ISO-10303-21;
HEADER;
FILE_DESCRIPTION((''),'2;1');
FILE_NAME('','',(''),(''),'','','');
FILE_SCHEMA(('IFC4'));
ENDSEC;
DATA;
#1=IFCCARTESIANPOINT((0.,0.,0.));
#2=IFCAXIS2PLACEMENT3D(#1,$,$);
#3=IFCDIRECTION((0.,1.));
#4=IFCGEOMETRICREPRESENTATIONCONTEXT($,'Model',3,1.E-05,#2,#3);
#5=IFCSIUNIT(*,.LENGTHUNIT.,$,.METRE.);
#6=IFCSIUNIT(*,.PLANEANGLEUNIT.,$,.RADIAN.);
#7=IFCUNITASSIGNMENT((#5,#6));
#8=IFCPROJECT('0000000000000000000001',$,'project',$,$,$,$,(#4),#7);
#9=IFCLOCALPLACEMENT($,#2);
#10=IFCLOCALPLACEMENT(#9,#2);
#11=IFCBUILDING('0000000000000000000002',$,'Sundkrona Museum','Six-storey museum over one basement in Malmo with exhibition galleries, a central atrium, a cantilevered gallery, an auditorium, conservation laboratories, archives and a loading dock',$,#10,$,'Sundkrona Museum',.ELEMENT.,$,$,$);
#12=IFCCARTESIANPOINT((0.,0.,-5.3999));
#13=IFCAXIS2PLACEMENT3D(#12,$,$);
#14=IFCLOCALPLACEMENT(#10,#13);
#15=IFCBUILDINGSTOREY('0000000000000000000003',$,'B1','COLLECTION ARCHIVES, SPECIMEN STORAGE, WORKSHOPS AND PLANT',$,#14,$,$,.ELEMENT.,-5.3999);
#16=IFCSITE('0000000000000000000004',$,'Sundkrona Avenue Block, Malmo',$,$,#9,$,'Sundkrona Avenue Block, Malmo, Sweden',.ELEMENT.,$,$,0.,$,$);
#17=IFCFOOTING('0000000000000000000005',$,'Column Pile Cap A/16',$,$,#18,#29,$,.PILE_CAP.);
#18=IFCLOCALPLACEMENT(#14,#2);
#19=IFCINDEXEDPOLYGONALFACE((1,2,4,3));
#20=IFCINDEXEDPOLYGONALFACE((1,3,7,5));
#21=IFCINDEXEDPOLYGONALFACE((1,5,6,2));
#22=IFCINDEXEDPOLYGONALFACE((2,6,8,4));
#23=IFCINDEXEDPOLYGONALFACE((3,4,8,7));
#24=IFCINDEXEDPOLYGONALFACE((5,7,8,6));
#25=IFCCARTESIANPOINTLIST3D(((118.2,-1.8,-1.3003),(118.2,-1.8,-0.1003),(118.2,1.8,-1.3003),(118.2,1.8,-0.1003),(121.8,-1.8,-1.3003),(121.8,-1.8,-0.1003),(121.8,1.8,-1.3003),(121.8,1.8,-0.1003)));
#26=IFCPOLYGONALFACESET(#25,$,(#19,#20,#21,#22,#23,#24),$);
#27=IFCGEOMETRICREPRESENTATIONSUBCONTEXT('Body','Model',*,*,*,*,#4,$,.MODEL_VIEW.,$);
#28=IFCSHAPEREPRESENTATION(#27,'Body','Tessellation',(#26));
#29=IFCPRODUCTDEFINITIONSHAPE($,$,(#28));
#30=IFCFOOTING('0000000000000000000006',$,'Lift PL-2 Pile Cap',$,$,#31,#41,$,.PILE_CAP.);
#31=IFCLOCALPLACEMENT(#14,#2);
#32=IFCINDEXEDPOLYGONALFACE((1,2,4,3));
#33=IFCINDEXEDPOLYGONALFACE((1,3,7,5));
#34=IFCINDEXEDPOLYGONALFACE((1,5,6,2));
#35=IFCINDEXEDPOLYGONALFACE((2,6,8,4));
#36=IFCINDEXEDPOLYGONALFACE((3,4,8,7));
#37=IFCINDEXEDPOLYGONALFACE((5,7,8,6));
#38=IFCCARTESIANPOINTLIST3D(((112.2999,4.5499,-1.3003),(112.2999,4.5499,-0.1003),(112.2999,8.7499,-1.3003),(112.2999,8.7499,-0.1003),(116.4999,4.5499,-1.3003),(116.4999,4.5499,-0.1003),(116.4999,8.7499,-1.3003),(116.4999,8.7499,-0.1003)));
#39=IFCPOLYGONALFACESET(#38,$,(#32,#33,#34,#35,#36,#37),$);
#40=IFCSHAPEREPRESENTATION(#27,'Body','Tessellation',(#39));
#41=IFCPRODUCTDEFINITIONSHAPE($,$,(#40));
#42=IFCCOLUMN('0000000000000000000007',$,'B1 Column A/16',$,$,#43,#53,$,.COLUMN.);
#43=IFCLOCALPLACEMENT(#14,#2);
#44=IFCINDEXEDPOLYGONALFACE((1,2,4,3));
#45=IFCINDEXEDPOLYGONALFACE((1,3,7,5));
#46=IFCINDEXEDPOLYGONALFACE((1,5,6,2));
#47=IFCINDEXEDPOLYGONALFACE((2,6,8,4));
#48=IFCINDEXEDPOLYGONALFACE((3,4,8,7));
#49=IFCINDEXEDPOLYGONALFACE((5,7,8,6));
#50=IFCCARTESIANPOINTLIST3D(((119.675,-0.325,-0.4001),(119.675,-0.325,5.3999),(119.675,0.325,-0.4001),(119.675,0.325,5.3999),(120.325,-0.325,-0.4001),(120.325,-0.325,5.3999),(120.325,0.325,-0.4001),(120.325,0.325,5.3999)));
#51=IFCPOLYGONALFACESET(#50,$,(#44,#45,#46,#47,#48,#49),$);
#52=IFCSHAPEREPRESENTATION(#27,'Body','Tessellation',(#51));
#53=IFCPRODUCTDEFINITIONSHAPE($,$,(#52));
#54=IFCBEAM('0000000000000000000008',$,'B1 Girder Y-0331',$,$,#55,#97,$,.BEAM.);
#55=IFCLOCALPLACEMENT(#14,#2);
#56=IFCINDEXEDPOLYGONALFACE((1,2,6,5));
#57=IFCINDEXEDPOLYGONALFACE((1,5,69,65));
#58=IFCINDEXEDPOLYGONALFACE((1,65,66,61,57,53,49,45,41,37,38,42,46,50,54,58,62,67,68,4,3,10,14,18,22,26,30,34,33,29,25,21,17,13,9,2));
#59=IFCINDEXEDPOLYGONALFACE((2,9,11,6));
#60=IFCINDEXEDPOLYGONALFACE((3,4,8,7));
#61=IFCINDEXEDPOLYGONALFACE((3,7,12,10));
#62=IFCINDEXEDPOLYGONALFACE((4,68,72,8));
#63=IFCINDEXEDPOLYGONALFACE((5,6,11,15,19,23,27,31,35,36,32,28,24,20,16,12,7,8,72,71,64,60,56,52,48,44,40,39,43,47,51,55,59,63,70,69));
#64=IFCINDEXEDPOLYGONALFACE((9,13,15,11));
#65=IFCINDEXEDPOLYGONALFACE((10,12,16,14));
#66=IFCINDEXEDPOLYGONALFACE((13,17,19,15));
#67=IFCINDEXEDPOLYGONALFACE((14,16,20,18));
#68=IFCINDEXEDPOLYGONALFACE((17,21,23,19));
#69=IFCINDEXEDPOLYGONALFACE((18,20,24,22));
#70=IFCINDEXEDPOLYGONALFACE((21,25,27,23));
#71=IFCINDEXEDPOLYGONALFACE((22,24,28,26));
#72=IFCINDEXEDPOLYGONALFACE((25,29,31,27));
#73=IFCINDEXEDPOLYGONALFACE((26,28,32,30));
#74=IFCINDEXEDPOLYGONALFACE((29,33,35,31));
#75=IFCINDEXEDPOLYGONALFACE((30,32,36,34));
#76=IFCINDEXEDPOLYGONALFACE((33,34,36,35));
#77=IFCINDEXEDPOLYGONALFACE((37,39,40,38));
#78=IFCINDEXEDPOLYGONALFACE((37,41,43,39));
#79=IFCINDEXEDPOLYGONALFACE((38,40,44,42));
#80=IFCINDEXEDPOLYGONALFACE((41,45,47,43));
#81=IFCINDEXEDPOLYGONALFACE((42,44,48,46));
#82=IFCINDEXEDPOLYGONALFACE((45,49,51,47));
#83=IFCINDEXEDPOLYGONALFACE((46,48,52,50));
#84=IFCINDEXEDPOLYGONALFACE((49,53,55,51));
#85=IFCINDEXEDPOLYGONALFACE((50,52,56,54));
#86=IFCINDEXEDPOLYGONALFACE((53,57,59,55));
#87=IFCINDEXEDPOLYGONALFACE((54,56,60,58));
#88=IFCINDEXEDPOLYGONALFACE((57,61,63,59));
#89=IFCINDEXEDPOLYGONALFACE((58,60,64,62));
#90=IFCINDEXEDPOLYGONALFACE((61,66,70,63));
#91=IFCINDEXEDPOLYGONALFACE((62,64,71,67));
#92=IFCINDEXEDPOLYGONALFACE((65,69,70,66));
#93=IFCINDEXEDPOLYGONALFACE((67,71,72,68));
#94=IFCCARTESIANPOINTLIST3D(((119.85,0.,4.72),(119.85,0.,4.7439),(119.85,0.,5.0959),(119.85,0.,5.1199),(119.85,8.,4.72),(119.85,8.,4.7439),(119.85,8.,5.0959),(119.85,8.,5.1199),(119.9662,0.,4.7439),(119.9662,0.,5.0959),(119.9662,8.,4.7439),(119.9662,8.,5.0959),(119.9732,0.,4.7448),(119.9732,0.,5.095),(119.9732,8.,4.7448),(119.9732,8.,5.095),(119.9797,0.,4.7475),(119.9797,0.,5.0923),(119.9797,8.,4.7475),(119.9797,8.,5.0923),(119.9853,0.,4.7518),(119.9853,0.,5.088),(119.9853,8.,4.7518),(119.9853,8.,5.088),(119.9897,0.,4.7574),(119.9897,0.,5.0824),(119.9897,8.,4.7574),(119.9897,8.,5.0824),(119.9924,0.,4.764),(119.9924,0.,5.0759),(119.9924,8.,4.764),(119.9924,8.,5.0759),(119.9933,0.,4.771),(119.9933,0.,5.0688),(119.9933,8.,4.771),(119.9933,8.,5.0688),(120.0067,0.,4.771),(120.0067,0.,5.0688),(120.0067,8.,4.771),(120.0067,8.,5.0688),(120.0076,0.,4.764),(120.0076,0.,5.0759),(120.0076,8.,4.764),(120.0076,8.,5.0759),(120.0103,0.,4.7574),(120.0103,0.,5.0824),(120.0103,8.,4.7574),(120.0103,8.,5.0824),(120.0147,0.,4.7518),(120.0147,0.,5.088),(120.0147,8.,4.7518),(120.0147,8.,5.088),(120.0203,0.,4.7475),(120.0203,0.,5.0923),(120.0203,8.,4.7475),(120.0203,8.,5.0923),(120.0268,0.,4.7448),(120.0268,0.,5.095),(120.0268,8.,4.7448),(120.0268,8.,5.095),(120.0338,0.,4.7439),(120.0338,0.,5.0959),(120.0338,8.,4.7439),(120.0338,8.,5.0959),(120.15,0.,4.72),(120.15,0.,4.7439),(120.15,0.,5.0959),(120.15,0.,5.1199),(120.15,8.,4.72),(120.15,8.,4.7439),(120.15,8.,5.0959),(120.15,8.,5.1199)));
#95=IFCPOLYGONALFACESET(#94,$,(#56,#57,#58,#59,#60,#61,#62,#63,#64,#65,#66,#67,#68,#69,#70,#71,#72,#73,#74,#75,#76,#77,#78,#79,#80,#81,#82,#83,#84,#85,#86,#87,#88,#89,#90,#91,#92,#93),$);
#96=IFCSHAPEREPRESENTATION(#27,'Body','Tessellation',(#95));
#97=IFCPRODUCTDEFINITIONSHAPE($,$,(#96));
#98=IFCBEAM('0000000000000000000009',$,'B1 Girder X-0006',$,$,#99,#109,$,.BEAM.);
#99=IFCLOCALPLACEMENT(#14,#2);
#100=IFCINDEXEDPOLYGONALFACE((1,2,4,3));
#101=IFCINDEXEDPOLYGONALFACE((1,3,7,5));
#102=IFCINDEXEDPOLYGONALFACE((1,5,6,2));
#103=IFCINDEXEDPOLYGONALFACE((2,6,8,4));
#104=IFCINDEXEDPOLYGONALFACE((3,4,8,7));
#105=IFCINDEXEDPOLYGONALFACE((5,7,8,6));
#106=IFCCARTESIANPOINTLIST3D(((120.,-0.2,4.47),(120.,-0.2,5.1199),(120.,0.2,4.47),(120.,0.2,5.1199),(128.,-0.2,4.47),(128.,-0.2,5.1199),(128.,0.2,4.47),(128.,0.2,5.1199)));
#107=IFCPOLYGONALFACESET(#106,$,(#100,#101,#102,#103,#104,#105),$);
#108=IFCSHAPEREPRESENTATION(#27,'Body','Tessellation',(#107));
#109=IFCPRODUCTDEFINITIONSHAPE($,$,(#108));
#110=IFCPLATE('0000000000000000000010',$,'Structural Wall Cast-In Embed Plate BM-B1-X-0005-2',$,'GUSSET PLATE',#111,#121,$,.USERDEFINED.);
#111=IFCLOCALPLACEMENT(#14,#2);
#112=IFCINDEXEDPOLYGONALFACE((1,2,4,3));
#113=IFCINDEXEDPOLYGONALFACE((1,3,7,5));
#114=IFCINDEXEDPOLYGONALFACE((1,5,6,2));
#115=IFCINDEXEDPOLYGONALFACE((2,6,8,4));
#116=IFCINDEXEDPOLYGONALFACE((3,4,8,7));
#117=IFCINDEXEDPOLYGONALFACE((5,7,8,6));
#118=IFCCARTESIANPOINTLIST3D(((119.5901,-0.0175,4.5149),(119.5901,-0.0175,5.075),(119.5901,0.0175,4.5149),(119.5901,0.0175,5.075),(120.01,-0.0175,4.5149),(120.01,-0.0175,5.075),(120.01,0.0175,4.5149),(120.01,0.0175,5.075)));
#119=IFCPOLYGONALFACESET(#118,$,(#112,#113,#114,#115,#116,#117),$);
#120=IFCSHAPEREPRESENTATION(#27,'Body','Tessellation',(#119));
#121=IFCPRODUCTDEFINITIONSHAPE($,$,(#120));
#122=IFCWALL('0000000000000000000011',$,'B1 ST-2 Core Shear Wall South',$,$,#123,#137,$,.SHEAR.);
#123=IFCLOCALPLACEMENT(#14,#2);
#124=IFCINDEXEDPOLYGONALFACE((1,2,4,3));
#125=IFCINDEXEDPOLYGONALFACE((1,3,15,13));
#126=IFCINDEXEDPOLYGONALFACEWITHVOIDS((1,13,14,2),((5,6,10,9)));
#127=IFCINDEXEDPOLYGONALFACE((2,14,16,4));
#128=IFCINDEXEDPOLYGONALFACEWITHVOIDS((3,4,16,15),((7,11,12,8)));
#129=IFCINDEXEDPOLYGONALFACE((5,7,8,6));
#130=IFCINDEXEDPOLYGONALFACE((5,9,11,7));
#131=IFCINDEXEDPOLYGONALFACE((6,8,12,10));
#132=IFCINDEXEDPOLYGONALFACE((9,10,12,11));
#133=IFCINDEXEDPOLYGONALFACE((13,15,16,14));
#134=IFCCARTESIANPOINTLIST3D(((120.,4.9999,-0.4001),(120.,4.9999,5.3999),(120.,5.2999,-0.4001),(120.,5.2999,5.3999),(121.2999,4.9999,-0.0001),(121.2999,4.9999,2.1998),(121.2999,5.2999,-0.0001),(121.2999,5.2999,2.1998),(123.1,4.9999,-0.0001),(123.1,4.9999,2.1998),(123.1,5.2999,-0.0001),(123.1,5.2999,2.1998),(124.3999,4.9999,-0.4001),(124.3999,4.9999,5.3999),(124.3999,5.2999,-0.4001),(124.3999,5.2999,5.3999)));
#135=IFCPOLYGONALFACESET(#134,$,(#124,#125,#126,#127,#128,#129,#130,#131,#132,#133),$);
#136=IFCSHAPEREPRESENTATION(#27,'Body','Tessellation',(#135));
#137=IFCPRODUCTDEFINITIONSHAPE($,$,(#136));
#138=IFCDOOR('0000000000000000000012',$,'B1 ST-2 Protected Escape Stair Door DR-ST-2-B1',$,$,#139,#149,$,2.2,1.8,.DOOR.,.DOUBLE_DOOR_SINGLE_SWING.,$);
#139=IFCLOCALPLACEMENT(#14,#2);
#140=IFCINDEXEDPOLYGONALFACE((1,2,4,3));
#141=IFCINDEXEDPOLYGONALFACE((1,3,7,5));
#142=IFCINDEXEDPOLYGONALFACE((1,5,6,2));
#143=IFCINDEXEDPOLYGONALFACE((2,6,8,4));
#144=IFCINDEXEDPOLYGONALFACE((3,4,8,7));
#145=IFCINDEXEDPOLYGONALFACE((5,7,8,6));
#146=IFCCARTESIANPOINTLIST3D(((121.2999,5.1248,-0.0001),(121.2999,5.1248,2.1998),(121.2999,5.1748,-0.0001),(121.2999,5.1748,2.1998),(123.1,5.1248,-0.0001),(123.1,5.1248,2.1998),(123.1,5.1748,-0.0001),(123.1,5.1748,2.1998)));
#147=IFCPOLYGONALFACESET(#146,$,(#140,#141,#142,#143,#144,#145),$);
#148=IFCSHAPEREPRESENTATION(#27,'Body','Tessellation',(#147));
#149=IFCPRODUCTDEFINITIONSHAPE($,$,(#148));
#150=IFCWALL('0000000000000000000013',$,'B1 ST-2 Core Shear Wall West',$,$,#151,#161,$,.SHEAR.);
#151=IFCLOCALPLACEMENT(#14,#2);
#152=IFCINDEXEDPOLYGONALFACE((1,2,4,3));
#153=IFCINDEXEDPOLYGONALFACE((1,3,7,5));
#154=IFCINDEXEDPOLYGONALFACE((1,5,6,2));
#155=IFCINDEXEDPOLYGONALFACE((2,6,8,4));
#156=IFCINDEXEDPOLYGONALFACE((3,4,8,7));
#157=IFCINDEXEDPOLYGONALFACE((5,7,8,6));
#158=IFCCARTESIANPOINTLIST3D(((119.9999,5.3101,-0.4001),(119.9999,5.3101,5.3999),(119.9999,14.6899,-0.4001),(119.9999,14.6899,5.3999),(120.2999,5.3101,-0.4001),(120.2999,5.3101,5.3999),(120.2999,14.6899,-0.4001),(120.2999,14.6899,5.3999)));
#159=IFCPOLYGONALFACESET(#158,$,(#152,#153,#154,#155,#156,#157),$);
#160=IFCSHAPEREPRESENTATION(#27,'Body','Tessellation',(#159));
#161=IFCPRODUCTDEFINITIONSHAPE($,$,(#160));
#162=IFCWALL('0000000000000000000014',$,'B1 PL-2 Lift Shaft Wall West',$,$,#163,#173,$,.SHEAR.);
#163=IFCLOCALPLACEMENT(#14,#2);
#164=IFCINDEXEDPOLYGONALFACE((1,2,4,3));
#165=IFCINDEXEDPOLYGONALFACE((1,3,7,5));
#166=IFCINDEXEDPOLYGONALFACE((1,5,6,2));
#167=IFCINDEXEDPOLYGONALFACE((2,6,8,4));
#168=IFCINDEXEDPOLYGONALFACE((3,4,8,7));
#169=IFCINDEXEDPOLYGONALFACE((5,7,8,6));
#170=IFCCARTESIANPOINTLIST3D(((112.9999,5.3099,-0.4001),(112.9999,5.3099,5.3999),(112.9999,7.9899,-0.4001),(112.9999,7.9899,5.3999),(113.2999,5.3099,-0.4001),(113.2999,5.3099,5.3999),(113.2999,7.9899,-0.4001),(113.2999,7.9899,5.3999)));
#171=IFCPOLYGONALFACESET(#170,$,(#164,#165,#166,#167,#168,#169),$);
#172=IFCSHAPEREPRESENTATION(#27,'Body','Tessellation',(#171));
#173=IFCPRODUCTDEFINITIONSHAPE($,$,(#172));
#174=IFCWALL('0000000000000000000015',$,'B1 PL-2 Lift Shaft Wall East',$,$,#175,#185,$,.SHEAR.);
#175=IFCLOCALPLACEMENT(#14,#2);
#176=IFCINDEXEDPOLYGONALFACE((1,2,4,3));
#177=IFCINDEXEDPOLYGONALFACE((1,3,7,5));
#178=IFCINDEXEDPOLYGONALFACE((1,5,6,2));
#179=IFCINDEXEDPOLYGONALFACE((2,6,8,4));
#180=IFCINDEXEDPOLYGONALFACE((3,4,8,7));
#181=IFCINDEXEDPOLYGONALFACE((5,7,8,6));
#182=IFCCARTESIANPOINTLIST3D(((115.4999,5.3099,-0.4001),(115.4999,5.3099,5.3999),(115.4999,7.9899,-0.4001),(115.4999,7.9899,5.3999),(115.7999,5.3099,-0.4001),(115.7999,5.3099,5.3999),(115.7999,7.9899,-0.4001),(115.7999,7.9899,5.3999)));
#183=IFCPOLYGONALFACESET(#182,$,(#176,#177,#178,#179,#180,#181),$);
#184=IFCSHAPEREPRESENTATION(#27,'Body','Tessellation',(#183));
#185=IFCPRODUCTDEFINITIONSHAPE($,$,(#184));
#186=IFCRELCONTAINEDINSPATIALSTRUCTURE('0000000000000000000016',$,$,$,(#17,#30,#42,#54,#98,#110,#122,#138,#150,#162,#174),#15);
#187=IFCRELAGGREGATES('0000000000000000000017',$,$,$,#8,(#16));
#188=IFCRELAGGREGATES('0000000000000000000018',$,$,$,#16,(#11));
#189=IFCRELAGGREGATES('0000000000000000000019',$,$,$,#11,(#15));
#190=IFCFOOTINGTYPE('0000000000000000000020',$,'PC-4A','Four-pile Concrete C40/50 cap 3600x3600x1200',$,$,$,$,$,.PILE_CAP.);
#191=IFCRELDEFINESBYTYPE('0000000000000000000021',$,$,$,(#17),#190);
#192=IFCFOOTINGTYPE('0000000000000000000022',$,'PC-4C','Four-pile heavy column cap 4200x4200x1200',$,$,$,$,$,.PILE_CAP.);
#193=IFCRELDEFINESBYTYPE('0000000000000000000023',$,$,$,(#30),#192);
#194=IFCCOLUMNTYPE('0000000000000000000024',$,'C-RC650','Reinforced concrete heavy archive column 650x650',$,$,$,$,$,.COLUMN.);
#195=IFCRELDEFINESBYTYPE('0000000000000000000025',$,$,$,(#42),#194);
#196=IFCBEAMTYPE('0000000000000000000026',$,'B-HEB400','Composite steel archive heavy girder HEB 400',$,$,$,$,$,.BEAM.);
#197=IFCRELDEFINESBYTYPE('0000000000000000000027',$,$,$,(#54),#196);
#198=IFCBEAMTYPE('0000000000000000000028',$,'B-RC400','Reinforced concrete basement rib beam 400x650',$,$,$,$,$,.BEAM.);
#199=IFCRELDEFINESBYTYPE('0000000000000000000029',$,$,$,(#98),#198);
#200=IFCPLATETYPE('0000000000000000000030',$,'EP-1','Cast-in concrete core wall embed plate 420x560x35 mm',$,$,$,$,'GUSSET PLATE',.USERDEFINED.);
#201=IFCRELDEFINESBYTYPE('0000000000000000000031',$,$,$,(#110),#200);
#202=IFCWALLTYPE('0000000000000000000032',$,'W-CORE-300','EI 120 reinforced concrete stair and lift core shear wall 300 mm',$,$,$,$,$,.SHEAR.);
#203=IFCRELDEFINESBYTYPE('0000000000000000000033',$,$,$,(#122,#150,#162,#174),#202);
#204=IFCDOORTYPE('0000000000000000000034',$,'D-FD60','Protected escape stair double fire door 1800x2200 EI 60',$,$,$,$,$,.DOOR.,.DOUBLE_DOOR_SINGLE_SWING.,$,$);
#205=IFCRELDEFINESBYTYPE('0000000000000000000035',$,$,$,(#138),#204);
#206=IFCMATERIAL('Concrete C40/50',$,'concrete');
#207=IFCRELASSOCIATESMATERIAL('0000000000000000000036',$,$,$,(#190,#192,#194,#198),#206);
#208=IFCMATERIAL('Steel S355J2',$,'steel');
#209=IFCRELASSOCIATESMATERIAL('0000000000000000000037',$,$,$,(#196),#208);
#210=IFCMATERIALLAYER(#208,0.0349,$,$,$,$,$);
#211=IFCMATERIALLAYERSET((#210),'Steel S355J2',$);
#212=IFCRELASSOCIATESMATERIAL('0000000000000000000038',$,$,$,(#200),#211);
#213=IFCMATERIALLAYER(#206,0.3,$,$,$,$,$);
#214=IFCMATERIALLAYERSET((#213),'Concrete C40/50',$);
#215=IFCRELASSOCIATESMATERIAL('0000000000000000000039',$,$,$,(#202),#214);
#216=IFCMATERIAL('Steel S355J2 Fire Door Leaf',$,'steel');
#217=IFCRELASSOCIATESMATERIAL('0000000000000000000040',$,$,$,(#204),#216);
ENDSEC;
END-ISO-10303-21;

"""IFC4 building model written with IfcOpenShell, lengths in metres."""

from ifc_helpers import new_model, si_unit, direction, frame, frame_2d, origin, origin_2d, place, context, subcontext, project, spatial, rectangle, i_section, extrude, material, layer, layer_set, material_profile, profile_set, type_object, element, fill, save


model = new_model("IFC4")

# Units and contexts
model_context = context("Model", 3, precision=1e-05, world=origin(), true_north=direction((0.0, 1.0)))
body_context = subcontext(model_context, "Body", "Model", "MODEL_VIEW")
ifc_project = project(units=[si_unit("LENGTHUNIT", "METRE"), si_unit("PLANEANGLEUNIT", "RADIAN")], contexts=[model_context])

# Site, building, storey
site_placement = place(None, origin())
site = spatial("IfcSite", under=ifc_project, at=site_placement, Name="Sundkrona Avenue Block, Malmo", LongName="Sundkrona Avenue Block, Malmo, Sweden", CompositionType="ELEMENT", RefElevation=0.0)
building_placement = place(site_placement, origin())
building = spatial("IfcBuilding", under=site, at=building_placement, Name="Sundkrona Museum", Description="Six-storey museum over one basement in Malmo with exhibition galleries, a central atrium, a cantilevered gallery, an auditorium, conservation laboratories, archives and a loading dock", LongName="Sundkrona Museum", CompositionType="ELEMENT")
storey_placement = place(building_placement, frame((0.0, 0.0, -5.3999)))
storey = spatial("IfcBuildingStorey", under=building, at=storey_placement, Name="B1", Description="COLLECTION ARCHIVES, SPECIMEN STORAGE, WORKSHOPS AND PLANT", CompositionType="ELEMENT", Elevation=-5.3999)

# Shared definitions
ifc_material_1 = material(Name="Concrete C40/50", Category="concrete")

# Footings
footing_type_1 = type_object("IfcFootingType", Name="PC-4A", Description="Four-pile Concrete C40/50 cap 3600x3600x1200", PredefinedType="PILE_CAP", material=ifc_material_1)
footing_1_placement = place(storey_placement, frame((120.0, 0.0, -1.3003), z_axis=(0.0, 0.0, 1.0), x_axis=(1.0, 0.0, 0.0)))
element("IfcFooting", 1, at=footing_1_placement, inside=storey, type_object=footing_type_1, Name="Column Pile Cap A/16", PredefinedType="PILE_CAP", context=body_context, shape_type="SweptSolid", body=[
    extrude(rectangle(XDim=3.6001, YDim=3.6001, at=origin_2d()), origin(), (0.0, 0.0, 1.0), 1.2),
])
footing_type_2 = type_object("IfcFootingType", Name="PC-4C", Description="Four-pile heavy column cap 4200x4200x1200", PredefinedType="PILE_CAP", material=ifc_material_1)
footing_2_placement = place(storey_placement, frame((114.3999, 6.6499, -1.3003), z_axis=(0.0, 0.0, 1.0), x_axis=(1.0, 0.0, 0.0)))
element("IfcFooting", 2, at=footing_2_placement, inside=storey, type_object=footing_type_2, Name="Lift PL-2 Pile Cap", PredefinedType="PILE_CAP", context=body_context, shape_type="SweptSolid", body=[
    extrude(rectangle(XDim=4.2, YDim=4.2, at=origin_2d()), origin(), (0.0, 0.0, 1.0), 1.2),
])

# Column
ifc_material_profile_1 = material_profile(ifc_material_1, rectangle(XDim=0.6499, YDim=0.6499, at=origin_2d()), Name="RC 650x650")
ifc_profile_set_1 = profile_set([ifc_material_profile_1], Name="Concrete C40/50")
column_type = type_object("IfcColumnType", Name="C-RC650", Description="Reinforced concrete heavy archive column 650x650", PredefinedType="COLUMN", material=ifc_profile_set_1)
column_placement = place(storey_placement, frame((120.0, 0.0, -0.4001), z_axis=(0.0, 0.0, 1.0), x_axis=(1.0, 0.0, 0.0)))
element("IfcColumn", 3, at=column_placement, inside=storey, type_object=column_type, Name="B1 Column A/16", PredefinedType="COLUMN", context=body_context, shape_type="SweptSolid", body=[
    extrude(rectangle(XDim=0.6499, YDim=0.6499, at=origin_2d()), origin(), (0.0, 0.0, 1.0), 5.8),
])

# Beams
ifc_material_2 = material(Name="Steel S355J2", Category="steel")
ifc_material_profile_2 = material_profile(ifc_material_2, i_section(OverallWidth=0.3, OverallDepth=0.3999, WebThickness=0.0134, FlangeThickness=0.0239, FilletRadius=0.0271, at=origin_2d()), Name="HEB 400")
ifc_profile_set_2 = profile_set([ifc_material_profile_2], Name="Steel S355J2")
beam_type_1 = type_object("IfcBeamType", Name="B-HEB400", Description="Composite steel archive heavy girder HEB 400", PredefinedType="BEAM", material=ifc_profile_set_2)
beam_1_placement = place(storey_placement, frame((120.0, 0.0, 4.9199), z_axis=(0.0, 1.0, 0.0), x_axis=(-1.0, 0.0, 0.0)))
element("IfcBeam", 4, at=beam_1_placement, inside=storey, type_object=beam_type_1, Name="B1 Girder Y-0331", PredefinedType="BEAM", context=body_context, shape_type="SweptSolid", body=[
    extrude(i_section(OverallWidth=0.3, OverallDepth=0.3999, WebThickness=0.0134, FlangeThickness=0.0239, FilletRadius=0.0271, at=origin_2d()), origin(), (0.0, 0.0, 1.0), 8.0),
])
ifc_material_profile_3 = material_profile(ifc_material_1, rectangle(XDim=0.3999, YDim=0.6499, at=origin_2d()), Name="RCB 400x650")
ifc_profile_set_3 = profile_set([ifc_material_profile_3], Name="Concrete C40/50")
beam_type_2 = type_object("IfcBeamType", Name="B-RC400", Description="Reinforced concrete basement rib beam 400x650", PredefinedType="BEAM", material=ifc_profile_set_3)
beam_2_placement = place(storey_placement, frame((120.0, 0.0, 4.7949), z_axis=(1.0, 0.0, 0.0), x_axis=(0.0, 1.0, 0.0)))
element("IfcBeam", 5, at=beam_2_placement, inside=storey, type_object=beam_type_2, Name="B1 Girder X-0006", PredefinedType="BEAM", context=body_context, shape_type="SweptSolid", body=[
    extrude(rectangle(XDim=0.3999, YDim=0.6499, at=origin_2d()), origin(), (0.0, 0.0, 1.0), 8.0),
])

# Plate
ifc_layer_1 = layer(ifc_material_2, 0.0349)
ifc_layer_set_1 = layer_set([ifc_layer_1], Name="Steel S355J2")
plate_type = type_object("IfcPlateType", Name="EP-1", Description="Cast-in concrete core wall embed plate 420x560x35 mm", ElementType="GUSSET PLATE", PredefinedType="USERDEFINED", material=ifc_layer_set_1)
plate_placement = place(storey_placement, frame((119.8, 0.0, 4.5149), z_axis=(0.0, 0.0, 1.0), x_axis=(1.0, 0.0, 0.0)))
element("IfcPlate", 6, at=plate_placement, inside=storey, type_object=plate_type, Name="Structural Wall Cast-In Embed Plate BM-B1-X-0005-2", ObjectType="GUSSET PLATE", PredefinedType="USERDEFINED", context=body_context, shape_type="SweptSolid", body=[
    extrude(rectangle(XDim=0.4199, YDim=0.0349, at=origin_2d()), origin(), (0.0, 0.0, 1.0), 0.5601),
])

# Wall, opening, door
ifc_layer_2 = layer(ifc_material_1, 0.3)
ifc_layer_set_2 = layer_set([ifc_layer_2], Name="Concrete C40/50")
wall_type_1 = type_object("IfcWallType", Name="W-CORE-300", Description="EI 120 reinforced concrete stair and lift core shear wall 300 mm", PredefinedType="SHEAR", material=ifc_layer_set_2)
wall_1_placement = place(storey_placement, frame((120.0, 5.1499, -0.4001), z_axis=(0.0, 0.0, 1.0), x_axis=(1.0, 0.0, 0.0)))
wall_1 = element("IfcWall", 7, at=wall_1_placement, inside=storey, type_object=wall_type_1, Name="B1 ST-2 Core Shear Wall South", PredefinedType="SHEAR", context=body_context, shape_type="SweptSolid", body=[
    extrude(rectangle(XDim=4.3999, YDim=0.3, at=frame_2d((2.2, 0.0))), origin(), (0.0, 0.0, 1.0), 5.8),
])
opening_placement = place(wall_1_placement, frame((1.3, 0.0, 0.3999)))
opening = element("IfcOpeningElement", 8, at=opening_placement, cuts=wall_1, PredefinedType="OPENING", context=body_context, shape_type="SweptSolid", body=[
    extrude(rectangle(XDim=1.8, YDim=2.2, at=frame_2d((0.8999, 1.1001))), frame((0.0, 0.1599, 0.0), z_axis=(0.0, -1.0, 0.0), x_axis=(1.0, 0.0, 0.0)), (0.0, 0.0, 1.0), 0.3201),
])
ifc_material_3 = material(Name="Steel S355J2 Fire Door Leaf", Category="steel")
door_type = type_object("IfcDoorType", Name="D-FD60", Description="Protected escape stair double fire door 1800x2200 EI 60", OperationType="DOUBLE_DOOR_SINGLE_SWING", PredefinedType="DOOR", material=ifc_material_3)
door_placement = place(opening_placement, origin())
door = element("IfcDoor", 9, at=door_placement, inside=storey, type_object=door_type, Name="B1 ST-2 Protected Escape Stair Door DR-ST-2-B1", OperationType="DOUBLE_DOOR_SINGLE_SWING", OverallHeight=2.2, OverallWidth=1.8, PredefinedType="DOOR", context=body_context, shape_type="SweptSolid", body=[
    extrude(rectangle(XDim=1.8, YDim=2.2, at=frame_2d((0.8999, 1.1001))), frame((0.0, 0.0249, 0.0), z_axis=(0.0, -1.0, 0.0), x_axis=(1.0, 0.0, 0.0)), (0.0, 0.0, 1.0), 0.05),
])
fill(opening, door)

# Walls
wall_2_placement = place(storey_placement, frame((120.1499, 5.3101, -0.4001), z_axis=(0.0, 0.0, 1.0), x_axis=(0.0, 1.0, 0.0)))
element("IfcWall", 10, at=wall_2_placement, inside=storey, type_object=wall_type_1, Name="B1 ST-2 Core Shear Wall West", PredefinedType="SHEAR", context=body_context, shape_type="SweptSolid", body=[
    extrude(rectangle(XDim=9.3799, YDim=0.3, at=frame_2d((4.6899, 0.0))), origin(), (0.0, 0.0, 1.0), 5.8),
])
for number, where, z_axis, x_axis, name in (
    (11, (113.1499, 5.3101, -0.4001), (0.0, 0.0, 1.0), (0.0, 1.0, 0.0), "B1 PL-2 Lift Shaft Wall West"),
    (12, (115.6499, 5.3101, -0.4001), (0.0, 0.0, 1.0), (0.0, 1.0, 0.0), "B1 PL-2 Lift Shaft Wall East"),
):
    element("IfcWall", number, at=place(storey_placement, frame(where, z_axis=z_axis, x_axis=x_axis)), inside=storey, type_object=wall_type_1, Name=name, PredefinedType="SHEAR", context=body_context, shape_type="SweptSolid", body=[
        extrude(rectangle(XDim=2.6799, YDim=0.3, at=frame_2d((1.3398, 0.0))), origin(), (0.0, 0.0, 1.0), 5.8),
    ])

save(model, "model.ifc")
